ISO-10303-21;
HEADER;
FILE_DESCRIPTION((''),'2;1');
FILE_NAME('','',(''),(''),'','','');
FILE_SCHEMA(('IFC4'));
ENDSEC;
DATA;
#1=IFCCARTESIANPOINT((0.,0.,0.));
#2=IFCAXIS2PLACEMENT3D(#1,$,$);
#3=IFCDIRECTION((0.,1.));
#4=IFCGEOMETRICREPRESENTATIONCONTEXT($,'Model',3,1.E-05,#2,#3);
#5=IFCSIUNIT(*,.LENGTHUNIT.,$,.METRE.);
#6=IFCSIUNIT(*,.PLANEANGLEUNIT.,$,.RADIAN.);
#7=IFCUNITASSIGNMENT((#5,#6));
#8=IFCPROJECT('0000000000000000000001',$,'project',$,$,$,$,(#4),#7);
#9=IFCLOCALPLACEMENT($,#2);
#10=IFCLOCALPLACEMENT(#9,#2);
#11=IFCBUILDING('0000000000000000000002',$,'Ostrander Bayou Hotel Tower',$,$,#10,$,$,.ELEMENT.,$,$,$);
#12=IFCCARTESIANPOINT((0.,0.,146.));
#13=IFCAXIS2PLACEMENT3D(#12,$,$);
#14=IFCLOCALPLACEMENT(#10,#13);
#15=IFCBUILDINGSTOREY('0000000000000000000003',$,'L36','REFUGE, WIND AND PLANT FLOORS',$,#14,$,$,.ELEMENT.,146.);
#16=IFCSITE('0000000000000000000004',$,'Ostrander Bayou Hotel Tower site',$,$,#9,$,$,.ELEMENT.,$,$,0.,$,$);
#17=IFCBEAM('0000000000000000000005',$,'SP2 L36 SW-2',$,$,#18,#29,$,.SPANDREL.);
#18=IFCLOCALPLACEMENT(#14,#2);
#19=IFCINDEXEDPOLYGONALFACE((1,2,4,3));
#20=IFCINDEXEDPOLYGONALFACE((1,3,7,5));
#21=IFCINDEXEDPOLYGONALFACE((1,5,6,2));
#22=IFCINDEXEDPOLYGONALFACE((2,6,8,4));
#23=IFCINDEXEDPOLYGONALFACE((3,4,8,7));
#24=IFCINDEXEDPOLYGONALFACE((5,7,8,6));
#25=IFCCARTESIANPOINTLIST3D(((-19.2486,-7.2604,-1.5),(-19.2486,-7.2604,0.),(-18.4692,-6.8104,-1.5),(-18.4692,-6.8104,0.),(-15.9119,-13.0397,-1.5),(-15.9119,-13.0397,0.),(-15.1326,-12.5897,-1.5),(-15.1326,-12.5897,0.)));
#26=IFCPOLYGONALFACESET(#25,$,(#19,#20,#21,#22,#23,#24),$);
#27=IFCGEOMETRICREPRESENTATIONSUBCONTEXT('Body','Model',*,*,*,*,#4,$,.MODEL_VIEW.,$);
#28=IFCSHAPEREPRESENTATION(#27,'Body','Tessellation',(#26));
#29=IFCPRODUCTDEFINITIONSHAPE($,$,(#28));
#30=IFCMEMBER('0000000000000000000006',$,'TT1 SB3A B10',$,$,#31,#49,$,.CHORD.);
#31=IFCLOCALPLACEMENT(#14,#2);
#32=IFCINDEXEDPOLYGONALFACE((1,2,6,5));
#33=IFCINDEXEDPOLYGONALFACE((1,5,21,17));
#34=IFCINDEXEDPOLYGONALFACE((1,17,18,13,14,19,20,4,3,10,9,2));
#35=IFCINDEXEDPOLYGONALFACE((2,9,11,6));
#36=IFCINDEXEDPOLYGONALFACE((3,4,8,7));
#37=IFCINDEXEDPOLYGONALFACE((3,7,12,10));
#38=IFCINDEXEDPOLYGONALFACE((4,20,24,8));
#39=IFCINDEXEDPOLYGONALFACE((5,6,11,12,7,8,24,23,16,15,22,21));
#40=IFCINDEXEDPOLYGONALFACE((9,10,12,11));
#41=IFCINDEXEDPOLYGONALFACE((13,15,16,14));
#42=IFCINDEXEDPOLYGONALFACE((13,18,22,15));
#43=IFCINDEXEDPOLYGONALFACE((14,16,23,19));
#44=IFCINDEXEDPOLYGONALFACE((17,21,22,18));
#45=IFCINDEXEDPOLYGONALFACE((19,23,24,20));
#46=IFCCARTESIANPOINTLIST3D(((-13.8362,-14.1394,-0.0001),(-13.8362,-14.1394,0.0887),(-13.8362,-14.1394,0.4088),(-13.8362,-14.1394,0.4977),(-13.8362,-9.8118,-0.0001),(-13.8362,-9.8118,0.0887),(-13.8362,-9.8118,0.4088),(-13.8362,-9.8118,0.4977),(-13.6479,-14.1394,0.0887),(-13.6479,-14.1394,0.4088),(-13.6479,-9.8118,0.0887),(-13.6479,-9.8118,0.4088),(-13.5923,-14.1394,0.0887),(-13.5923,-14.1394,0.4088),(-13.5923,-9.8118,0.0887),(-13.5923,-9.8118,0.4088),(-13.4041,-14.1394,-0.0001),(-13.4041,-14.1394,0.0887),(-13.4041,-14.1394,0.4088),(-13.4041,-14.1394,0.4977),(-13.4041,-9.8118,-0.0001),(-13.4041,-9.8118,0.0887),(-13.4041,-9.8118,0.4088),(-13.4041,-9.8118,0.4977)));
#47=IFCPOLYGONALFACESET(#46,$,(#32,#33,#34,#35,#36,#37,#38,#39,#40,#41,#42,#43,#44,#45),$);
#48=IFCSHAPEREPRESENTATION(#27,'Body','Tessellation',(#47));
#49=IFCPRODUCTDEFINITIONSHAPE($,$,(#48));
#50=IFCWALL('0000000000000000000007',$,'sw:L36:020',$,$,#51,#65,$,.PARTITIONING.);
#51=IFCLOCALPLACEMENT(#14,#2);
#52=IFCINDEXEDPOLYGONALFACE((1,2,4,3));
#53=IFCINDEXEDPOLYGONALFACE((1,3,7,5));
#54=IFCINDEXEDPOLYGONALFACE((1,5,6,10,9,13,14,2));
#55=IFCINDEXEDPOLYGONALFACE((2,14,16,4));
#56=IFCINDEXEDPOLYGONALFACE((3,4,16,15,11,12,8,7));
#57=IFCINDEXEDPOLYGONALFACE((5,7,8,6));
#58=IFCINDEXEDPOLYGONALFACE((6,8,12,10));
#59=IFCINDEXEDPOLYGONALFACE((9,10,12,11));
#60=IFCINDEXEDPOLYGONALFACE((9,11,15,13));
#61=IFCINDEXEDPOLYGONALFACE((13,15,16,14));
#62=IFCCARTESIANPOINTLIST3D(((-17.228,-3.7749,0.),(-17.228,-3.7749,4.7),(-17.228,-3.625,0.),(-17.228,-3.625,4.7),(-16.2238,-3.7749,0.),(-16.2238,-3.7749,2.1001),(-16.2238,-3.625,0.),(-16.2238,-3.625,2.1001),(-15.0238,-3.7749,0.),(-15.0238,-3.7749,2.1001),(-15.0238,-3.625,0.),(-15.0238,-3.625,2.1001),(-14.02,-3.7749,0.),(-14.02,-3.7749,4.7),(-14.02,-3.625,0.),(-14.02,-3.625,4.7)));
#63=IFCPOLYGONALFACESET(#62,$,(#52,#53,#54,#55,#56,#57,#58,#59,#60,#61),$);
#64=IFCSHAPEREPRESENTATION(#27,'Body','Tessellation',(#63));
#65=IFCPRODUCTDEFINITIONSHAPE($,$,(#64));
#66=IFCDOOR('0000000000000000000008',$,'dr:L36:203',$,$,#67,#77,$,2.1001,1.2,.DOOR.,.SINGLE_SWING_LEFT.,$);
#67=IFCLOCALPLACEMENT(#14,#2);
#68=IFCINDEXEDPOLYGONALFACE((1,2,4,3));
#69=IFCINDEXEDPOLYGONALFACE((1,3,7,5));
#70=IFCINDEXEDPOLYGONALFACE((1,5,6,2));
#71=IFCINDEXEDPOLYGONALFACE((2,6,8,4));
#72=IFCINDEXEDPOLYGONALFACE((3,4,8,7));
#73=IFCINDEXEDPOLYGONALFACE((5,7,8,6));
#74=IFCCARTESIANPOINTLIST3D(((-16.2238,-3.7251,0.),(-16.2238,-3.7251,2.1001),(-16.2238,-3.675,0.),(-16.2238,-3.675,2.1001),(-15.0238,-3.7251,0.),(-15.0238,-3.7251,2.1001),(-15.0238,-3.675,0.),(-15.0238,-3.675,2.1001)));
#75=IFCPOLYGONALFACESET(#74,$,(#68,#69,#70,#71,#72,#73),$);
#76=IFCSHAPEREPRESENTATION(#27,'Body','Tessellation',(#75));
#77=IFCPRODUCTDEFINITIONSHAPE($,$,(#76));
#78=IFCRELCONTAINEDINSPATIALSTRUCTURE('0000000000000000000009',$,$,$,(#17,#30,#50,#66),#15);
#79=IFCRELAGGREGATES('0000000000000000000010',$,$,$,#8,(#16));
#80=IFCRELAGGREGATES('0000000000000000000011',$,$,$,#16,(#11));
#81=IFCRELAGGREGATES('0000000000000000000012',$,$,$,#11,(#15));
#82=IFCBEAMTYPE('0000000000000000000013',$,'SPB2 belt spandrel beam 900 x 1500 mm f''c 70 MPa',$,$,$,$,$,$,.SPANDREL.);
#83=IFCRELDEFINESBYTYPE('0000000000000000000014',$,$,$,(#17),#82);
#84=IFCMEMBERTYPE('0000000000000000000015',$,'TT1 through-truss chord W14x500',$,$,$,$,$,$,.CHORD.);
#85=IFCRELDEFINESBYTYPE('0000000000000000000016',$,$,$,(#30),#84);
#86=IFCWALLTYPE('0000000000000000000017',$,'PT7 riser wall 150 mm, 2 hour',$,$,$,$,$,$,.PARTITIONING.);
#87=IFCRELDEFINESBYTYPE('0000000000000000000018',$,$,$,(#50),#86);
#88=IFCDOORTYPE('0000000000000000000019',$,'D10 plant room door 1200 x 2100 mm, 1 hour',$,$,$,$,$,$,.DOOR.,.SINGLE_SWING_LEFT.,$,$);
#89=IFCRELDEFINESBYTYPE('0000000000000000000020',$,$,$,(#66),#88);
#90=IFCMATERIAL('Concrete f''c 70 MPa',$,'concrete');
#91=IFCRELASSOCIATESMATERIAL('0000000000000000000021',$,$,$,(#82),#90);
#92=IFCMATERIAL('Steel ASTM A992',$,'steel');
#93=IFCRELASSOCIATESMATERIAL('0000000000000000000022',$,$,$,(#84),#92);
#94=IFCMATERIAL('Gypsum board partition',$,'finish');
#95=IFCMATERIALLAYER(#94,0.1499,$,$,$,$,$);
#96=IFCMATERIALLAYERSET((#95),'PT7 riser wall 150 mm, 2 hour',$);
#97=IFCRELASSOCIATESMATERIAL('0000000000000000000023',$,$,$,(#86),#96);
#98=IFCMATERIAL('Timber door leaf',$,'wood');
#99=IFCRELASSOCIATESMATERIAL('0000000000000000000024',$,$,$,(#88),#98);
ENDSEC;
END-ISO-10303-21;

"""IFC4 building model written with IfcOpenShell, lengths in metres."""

from ifc_helpers import new_model, si_unit, direction, frame, frame_2d, origin, origin_2d, place, context, subcontext, project, spatial, rectangle, i_section, extrude, material, layer, layer_set, material_profile, profile_set, type_object, element, fill, save


model = new_model("IFC4")

# Units and contexts
model_context = context("Model", 3, precision=1e-05, world=origin(), true_north=direction((0.0, 1.0)))
body_context = subcontext(model_context, "Body", "Model", "MODEL_VIEW")
ifc_project = project(units=[si_unit("LENGTHUNIT", "METRE"), si_unit("PLANEANGLEUNIT", "RADIAN")], contexts=[model_context])

# Site, building, storey
site_placement = place(None, origin())
site = spatial("IfcSite", under=ifc_project, at=site_placement, Name="Ostrander Bayou Hotel Tower site", CompositionType="ELEMENT", RefElevation=0.0)
building_placement = place(site_placement, origin())
building = spatial("IfcBuilding", under=site, at=building_placement, Name="Ostrander Bayou Hotel Tower", CompositionType="ELEMENT")
storey_placement = place(building_placement, frame((0.0, 0.0, 146.0)))
storey = spatial("IfcBuildingStorey", under=building, at=storey_placement, Name="L36", Description="REFUGE, WIND AND PLANT FLOORS", CompositionType="ELEMENT", Elevation=146.0)

# Beam
ifc_material_1 = material(Name="Concrete f'c 70 MPa", Category="concrete")
ifc_material_profile_1 = material_profile(ifc_material_1, rectangle(XDim=0.8999, YDim=1.5, at=origin_2d()))
ifc_profile_set_1 = profile_set([ifc_material_profile_1], Name="Concrete f'c 70 MPa")
beam_type_1 = type_object("IfcBeamType", Name="SPB2 belt spandrel beam 900 x 1500 mm f'c 70 MPa", PredefinedType="SPANDREL", material=ifc_profile_set_1)
beam_1_placement = place(storey_placement, frame((-18.8589, -7.0354, -0.75), z_axis=(0.499999, -0.866026, 0.0), x_axis=(0.866026, 0.499999, 0.0)))
element("IfcBeam", 1, at=beam_1_placement, inside=storey, type_object=beam_type_1, Name="SP2 L36 SW-2", PredefinedType="SPANDREL", context=body_context, shape_type="SweptSolid", body=[
    extrude(rectangle(XDim=0.8999, YDim=1.5, at=origin_2d()), origin(), (0.0, 0.0, 1.0), 6.6733),
])

# Member
ifc_material_2 = material(Name="Steel ASTM A992", Category="steel")
ifc_material_profile_2 = material_profile(ifc_material_2, i_section(OverallWidth=0.4321, OverallDepth=0.4978, WebThickness=0.0557, FlangeThickness=0.0889, at=origin_2d()))
ifc_profile_set_2 = profile_set([ifc_material_profile_2], Name="Steel ASTM A992")
member_type_1 = type_object("IfcMemberType", Name="TT1 through-truss chord W14x500", PredefinedType="CHORD", material=ifc_profile_set_2)
member_1_placement = place(storey_placement, frame((-13.6201, -9.8118, 0.2488), z_axis=(0.0, -1.0, 0.0), x_axis=(1.0, 0.0, 0.0)))
element("IfcMember", 2, at=member_1_placement, inside=storey, type_object=member_type_1, Name="TT1 SB3A B10", PredefinedType="CHORD", context=body_context, shape_type="SweptSolid", body=[
    extrude(i_section(OverallWidth=0.4321, OverallDepth=0.4978, WebThickness=0.0557, FlangeThickness=0.0889, at=origin_2d()), origin(), (0.0, 0.0, 1.0), 4.3276),
])

# Wall, opening, door
ifc_material_3 = material(Name="Gypsum board partition", Category="finish")
ifc_layer_1 = layer(ifc_material_3, 0.1499)
ifc_layer_set_1 = layer_set([ifc_layer_1], Name="PT7 riser wall 150 mm, 2 hour")
wall_type = type_object("IfcWallType", Name="PT7 riser wall 150 mm, 2 hour", PredefinedType="PARTITIONING", material=ifc_layer_set_1)
wall_placement = place(storey_placement, frame((-17.228, -3.7, 0.0), z_axis=(0.0, 0.0, 1.0), x_axis=(1.0, 0.0, 0.0)))
wall = element("IfcWall", 3, at=wall_placement, inside=storey, type_object=wall_type, Name="sw:L36:020", PredefinedType="PARTITIONING", context=body_context, shape_type="SweptSolid", body=[
    extrude(rectangle(XDim=3.208, YDim=0.1499, at=frame_2d((1.604, 0.0))), origin(), (0.0, 0.0, 1.0), 4.7),
])
opening_placement = place(wall_placement, frame((1.0042, 0.0, 0.0)))
opening = element("IfcOpeningElement", 4, at=opening_placement, cuts=wall, PredefinedType="OPENING", context=body_context, shape_type="SweptSolid", body=[
    extrude(rectangle(XDim=1.2, YDim=2.1001, at=frame_2d((0.6001, 1.05))), frame((0.0, 0.075, 0.0), z_axis=(0.0, -1.0, 0.0), x_axis=(1.0, 0.0, 0.0)), (0.0, 0.0, 1.0), 0.1499),
])
ifc_material_4 = material(Name="Timber door leaf", Category="wood")
door_type = type_object("IfcDoorType", Name="D10 plant room door 1200 x 2100 mm, 1 hour", OperationType="SINGLE_SWING_LEFT", PredefinedType="DOOR", material=ifc_material_4)
door_placement = place(opening_placement, origin())
door = element("IfcDoor", 5, at=door_placement, inside=storey, type_object=door_type, Name="dr:L36:203", OperationType="SINGLE_SWING_LEFT", OverallHeight=2.1001, OverallWidth=1.2, PredefinedType="DOOR", context=body_context, shape_type="SweptSolid", body=[
    extrude(rectangle(XDim=1.2, YDim=2.1001, at=frame_2d((0.6001, 1.05))), frame((0.0, 0.0249, 0.0), z_axis=(0.0, -1.0, 0.0), x_axis=(1.0, 0.0, 0.0)), (0.0, 0.0, 1.0), 0.05),
])
fill(opening, door)

save(model, "model.ifc")
